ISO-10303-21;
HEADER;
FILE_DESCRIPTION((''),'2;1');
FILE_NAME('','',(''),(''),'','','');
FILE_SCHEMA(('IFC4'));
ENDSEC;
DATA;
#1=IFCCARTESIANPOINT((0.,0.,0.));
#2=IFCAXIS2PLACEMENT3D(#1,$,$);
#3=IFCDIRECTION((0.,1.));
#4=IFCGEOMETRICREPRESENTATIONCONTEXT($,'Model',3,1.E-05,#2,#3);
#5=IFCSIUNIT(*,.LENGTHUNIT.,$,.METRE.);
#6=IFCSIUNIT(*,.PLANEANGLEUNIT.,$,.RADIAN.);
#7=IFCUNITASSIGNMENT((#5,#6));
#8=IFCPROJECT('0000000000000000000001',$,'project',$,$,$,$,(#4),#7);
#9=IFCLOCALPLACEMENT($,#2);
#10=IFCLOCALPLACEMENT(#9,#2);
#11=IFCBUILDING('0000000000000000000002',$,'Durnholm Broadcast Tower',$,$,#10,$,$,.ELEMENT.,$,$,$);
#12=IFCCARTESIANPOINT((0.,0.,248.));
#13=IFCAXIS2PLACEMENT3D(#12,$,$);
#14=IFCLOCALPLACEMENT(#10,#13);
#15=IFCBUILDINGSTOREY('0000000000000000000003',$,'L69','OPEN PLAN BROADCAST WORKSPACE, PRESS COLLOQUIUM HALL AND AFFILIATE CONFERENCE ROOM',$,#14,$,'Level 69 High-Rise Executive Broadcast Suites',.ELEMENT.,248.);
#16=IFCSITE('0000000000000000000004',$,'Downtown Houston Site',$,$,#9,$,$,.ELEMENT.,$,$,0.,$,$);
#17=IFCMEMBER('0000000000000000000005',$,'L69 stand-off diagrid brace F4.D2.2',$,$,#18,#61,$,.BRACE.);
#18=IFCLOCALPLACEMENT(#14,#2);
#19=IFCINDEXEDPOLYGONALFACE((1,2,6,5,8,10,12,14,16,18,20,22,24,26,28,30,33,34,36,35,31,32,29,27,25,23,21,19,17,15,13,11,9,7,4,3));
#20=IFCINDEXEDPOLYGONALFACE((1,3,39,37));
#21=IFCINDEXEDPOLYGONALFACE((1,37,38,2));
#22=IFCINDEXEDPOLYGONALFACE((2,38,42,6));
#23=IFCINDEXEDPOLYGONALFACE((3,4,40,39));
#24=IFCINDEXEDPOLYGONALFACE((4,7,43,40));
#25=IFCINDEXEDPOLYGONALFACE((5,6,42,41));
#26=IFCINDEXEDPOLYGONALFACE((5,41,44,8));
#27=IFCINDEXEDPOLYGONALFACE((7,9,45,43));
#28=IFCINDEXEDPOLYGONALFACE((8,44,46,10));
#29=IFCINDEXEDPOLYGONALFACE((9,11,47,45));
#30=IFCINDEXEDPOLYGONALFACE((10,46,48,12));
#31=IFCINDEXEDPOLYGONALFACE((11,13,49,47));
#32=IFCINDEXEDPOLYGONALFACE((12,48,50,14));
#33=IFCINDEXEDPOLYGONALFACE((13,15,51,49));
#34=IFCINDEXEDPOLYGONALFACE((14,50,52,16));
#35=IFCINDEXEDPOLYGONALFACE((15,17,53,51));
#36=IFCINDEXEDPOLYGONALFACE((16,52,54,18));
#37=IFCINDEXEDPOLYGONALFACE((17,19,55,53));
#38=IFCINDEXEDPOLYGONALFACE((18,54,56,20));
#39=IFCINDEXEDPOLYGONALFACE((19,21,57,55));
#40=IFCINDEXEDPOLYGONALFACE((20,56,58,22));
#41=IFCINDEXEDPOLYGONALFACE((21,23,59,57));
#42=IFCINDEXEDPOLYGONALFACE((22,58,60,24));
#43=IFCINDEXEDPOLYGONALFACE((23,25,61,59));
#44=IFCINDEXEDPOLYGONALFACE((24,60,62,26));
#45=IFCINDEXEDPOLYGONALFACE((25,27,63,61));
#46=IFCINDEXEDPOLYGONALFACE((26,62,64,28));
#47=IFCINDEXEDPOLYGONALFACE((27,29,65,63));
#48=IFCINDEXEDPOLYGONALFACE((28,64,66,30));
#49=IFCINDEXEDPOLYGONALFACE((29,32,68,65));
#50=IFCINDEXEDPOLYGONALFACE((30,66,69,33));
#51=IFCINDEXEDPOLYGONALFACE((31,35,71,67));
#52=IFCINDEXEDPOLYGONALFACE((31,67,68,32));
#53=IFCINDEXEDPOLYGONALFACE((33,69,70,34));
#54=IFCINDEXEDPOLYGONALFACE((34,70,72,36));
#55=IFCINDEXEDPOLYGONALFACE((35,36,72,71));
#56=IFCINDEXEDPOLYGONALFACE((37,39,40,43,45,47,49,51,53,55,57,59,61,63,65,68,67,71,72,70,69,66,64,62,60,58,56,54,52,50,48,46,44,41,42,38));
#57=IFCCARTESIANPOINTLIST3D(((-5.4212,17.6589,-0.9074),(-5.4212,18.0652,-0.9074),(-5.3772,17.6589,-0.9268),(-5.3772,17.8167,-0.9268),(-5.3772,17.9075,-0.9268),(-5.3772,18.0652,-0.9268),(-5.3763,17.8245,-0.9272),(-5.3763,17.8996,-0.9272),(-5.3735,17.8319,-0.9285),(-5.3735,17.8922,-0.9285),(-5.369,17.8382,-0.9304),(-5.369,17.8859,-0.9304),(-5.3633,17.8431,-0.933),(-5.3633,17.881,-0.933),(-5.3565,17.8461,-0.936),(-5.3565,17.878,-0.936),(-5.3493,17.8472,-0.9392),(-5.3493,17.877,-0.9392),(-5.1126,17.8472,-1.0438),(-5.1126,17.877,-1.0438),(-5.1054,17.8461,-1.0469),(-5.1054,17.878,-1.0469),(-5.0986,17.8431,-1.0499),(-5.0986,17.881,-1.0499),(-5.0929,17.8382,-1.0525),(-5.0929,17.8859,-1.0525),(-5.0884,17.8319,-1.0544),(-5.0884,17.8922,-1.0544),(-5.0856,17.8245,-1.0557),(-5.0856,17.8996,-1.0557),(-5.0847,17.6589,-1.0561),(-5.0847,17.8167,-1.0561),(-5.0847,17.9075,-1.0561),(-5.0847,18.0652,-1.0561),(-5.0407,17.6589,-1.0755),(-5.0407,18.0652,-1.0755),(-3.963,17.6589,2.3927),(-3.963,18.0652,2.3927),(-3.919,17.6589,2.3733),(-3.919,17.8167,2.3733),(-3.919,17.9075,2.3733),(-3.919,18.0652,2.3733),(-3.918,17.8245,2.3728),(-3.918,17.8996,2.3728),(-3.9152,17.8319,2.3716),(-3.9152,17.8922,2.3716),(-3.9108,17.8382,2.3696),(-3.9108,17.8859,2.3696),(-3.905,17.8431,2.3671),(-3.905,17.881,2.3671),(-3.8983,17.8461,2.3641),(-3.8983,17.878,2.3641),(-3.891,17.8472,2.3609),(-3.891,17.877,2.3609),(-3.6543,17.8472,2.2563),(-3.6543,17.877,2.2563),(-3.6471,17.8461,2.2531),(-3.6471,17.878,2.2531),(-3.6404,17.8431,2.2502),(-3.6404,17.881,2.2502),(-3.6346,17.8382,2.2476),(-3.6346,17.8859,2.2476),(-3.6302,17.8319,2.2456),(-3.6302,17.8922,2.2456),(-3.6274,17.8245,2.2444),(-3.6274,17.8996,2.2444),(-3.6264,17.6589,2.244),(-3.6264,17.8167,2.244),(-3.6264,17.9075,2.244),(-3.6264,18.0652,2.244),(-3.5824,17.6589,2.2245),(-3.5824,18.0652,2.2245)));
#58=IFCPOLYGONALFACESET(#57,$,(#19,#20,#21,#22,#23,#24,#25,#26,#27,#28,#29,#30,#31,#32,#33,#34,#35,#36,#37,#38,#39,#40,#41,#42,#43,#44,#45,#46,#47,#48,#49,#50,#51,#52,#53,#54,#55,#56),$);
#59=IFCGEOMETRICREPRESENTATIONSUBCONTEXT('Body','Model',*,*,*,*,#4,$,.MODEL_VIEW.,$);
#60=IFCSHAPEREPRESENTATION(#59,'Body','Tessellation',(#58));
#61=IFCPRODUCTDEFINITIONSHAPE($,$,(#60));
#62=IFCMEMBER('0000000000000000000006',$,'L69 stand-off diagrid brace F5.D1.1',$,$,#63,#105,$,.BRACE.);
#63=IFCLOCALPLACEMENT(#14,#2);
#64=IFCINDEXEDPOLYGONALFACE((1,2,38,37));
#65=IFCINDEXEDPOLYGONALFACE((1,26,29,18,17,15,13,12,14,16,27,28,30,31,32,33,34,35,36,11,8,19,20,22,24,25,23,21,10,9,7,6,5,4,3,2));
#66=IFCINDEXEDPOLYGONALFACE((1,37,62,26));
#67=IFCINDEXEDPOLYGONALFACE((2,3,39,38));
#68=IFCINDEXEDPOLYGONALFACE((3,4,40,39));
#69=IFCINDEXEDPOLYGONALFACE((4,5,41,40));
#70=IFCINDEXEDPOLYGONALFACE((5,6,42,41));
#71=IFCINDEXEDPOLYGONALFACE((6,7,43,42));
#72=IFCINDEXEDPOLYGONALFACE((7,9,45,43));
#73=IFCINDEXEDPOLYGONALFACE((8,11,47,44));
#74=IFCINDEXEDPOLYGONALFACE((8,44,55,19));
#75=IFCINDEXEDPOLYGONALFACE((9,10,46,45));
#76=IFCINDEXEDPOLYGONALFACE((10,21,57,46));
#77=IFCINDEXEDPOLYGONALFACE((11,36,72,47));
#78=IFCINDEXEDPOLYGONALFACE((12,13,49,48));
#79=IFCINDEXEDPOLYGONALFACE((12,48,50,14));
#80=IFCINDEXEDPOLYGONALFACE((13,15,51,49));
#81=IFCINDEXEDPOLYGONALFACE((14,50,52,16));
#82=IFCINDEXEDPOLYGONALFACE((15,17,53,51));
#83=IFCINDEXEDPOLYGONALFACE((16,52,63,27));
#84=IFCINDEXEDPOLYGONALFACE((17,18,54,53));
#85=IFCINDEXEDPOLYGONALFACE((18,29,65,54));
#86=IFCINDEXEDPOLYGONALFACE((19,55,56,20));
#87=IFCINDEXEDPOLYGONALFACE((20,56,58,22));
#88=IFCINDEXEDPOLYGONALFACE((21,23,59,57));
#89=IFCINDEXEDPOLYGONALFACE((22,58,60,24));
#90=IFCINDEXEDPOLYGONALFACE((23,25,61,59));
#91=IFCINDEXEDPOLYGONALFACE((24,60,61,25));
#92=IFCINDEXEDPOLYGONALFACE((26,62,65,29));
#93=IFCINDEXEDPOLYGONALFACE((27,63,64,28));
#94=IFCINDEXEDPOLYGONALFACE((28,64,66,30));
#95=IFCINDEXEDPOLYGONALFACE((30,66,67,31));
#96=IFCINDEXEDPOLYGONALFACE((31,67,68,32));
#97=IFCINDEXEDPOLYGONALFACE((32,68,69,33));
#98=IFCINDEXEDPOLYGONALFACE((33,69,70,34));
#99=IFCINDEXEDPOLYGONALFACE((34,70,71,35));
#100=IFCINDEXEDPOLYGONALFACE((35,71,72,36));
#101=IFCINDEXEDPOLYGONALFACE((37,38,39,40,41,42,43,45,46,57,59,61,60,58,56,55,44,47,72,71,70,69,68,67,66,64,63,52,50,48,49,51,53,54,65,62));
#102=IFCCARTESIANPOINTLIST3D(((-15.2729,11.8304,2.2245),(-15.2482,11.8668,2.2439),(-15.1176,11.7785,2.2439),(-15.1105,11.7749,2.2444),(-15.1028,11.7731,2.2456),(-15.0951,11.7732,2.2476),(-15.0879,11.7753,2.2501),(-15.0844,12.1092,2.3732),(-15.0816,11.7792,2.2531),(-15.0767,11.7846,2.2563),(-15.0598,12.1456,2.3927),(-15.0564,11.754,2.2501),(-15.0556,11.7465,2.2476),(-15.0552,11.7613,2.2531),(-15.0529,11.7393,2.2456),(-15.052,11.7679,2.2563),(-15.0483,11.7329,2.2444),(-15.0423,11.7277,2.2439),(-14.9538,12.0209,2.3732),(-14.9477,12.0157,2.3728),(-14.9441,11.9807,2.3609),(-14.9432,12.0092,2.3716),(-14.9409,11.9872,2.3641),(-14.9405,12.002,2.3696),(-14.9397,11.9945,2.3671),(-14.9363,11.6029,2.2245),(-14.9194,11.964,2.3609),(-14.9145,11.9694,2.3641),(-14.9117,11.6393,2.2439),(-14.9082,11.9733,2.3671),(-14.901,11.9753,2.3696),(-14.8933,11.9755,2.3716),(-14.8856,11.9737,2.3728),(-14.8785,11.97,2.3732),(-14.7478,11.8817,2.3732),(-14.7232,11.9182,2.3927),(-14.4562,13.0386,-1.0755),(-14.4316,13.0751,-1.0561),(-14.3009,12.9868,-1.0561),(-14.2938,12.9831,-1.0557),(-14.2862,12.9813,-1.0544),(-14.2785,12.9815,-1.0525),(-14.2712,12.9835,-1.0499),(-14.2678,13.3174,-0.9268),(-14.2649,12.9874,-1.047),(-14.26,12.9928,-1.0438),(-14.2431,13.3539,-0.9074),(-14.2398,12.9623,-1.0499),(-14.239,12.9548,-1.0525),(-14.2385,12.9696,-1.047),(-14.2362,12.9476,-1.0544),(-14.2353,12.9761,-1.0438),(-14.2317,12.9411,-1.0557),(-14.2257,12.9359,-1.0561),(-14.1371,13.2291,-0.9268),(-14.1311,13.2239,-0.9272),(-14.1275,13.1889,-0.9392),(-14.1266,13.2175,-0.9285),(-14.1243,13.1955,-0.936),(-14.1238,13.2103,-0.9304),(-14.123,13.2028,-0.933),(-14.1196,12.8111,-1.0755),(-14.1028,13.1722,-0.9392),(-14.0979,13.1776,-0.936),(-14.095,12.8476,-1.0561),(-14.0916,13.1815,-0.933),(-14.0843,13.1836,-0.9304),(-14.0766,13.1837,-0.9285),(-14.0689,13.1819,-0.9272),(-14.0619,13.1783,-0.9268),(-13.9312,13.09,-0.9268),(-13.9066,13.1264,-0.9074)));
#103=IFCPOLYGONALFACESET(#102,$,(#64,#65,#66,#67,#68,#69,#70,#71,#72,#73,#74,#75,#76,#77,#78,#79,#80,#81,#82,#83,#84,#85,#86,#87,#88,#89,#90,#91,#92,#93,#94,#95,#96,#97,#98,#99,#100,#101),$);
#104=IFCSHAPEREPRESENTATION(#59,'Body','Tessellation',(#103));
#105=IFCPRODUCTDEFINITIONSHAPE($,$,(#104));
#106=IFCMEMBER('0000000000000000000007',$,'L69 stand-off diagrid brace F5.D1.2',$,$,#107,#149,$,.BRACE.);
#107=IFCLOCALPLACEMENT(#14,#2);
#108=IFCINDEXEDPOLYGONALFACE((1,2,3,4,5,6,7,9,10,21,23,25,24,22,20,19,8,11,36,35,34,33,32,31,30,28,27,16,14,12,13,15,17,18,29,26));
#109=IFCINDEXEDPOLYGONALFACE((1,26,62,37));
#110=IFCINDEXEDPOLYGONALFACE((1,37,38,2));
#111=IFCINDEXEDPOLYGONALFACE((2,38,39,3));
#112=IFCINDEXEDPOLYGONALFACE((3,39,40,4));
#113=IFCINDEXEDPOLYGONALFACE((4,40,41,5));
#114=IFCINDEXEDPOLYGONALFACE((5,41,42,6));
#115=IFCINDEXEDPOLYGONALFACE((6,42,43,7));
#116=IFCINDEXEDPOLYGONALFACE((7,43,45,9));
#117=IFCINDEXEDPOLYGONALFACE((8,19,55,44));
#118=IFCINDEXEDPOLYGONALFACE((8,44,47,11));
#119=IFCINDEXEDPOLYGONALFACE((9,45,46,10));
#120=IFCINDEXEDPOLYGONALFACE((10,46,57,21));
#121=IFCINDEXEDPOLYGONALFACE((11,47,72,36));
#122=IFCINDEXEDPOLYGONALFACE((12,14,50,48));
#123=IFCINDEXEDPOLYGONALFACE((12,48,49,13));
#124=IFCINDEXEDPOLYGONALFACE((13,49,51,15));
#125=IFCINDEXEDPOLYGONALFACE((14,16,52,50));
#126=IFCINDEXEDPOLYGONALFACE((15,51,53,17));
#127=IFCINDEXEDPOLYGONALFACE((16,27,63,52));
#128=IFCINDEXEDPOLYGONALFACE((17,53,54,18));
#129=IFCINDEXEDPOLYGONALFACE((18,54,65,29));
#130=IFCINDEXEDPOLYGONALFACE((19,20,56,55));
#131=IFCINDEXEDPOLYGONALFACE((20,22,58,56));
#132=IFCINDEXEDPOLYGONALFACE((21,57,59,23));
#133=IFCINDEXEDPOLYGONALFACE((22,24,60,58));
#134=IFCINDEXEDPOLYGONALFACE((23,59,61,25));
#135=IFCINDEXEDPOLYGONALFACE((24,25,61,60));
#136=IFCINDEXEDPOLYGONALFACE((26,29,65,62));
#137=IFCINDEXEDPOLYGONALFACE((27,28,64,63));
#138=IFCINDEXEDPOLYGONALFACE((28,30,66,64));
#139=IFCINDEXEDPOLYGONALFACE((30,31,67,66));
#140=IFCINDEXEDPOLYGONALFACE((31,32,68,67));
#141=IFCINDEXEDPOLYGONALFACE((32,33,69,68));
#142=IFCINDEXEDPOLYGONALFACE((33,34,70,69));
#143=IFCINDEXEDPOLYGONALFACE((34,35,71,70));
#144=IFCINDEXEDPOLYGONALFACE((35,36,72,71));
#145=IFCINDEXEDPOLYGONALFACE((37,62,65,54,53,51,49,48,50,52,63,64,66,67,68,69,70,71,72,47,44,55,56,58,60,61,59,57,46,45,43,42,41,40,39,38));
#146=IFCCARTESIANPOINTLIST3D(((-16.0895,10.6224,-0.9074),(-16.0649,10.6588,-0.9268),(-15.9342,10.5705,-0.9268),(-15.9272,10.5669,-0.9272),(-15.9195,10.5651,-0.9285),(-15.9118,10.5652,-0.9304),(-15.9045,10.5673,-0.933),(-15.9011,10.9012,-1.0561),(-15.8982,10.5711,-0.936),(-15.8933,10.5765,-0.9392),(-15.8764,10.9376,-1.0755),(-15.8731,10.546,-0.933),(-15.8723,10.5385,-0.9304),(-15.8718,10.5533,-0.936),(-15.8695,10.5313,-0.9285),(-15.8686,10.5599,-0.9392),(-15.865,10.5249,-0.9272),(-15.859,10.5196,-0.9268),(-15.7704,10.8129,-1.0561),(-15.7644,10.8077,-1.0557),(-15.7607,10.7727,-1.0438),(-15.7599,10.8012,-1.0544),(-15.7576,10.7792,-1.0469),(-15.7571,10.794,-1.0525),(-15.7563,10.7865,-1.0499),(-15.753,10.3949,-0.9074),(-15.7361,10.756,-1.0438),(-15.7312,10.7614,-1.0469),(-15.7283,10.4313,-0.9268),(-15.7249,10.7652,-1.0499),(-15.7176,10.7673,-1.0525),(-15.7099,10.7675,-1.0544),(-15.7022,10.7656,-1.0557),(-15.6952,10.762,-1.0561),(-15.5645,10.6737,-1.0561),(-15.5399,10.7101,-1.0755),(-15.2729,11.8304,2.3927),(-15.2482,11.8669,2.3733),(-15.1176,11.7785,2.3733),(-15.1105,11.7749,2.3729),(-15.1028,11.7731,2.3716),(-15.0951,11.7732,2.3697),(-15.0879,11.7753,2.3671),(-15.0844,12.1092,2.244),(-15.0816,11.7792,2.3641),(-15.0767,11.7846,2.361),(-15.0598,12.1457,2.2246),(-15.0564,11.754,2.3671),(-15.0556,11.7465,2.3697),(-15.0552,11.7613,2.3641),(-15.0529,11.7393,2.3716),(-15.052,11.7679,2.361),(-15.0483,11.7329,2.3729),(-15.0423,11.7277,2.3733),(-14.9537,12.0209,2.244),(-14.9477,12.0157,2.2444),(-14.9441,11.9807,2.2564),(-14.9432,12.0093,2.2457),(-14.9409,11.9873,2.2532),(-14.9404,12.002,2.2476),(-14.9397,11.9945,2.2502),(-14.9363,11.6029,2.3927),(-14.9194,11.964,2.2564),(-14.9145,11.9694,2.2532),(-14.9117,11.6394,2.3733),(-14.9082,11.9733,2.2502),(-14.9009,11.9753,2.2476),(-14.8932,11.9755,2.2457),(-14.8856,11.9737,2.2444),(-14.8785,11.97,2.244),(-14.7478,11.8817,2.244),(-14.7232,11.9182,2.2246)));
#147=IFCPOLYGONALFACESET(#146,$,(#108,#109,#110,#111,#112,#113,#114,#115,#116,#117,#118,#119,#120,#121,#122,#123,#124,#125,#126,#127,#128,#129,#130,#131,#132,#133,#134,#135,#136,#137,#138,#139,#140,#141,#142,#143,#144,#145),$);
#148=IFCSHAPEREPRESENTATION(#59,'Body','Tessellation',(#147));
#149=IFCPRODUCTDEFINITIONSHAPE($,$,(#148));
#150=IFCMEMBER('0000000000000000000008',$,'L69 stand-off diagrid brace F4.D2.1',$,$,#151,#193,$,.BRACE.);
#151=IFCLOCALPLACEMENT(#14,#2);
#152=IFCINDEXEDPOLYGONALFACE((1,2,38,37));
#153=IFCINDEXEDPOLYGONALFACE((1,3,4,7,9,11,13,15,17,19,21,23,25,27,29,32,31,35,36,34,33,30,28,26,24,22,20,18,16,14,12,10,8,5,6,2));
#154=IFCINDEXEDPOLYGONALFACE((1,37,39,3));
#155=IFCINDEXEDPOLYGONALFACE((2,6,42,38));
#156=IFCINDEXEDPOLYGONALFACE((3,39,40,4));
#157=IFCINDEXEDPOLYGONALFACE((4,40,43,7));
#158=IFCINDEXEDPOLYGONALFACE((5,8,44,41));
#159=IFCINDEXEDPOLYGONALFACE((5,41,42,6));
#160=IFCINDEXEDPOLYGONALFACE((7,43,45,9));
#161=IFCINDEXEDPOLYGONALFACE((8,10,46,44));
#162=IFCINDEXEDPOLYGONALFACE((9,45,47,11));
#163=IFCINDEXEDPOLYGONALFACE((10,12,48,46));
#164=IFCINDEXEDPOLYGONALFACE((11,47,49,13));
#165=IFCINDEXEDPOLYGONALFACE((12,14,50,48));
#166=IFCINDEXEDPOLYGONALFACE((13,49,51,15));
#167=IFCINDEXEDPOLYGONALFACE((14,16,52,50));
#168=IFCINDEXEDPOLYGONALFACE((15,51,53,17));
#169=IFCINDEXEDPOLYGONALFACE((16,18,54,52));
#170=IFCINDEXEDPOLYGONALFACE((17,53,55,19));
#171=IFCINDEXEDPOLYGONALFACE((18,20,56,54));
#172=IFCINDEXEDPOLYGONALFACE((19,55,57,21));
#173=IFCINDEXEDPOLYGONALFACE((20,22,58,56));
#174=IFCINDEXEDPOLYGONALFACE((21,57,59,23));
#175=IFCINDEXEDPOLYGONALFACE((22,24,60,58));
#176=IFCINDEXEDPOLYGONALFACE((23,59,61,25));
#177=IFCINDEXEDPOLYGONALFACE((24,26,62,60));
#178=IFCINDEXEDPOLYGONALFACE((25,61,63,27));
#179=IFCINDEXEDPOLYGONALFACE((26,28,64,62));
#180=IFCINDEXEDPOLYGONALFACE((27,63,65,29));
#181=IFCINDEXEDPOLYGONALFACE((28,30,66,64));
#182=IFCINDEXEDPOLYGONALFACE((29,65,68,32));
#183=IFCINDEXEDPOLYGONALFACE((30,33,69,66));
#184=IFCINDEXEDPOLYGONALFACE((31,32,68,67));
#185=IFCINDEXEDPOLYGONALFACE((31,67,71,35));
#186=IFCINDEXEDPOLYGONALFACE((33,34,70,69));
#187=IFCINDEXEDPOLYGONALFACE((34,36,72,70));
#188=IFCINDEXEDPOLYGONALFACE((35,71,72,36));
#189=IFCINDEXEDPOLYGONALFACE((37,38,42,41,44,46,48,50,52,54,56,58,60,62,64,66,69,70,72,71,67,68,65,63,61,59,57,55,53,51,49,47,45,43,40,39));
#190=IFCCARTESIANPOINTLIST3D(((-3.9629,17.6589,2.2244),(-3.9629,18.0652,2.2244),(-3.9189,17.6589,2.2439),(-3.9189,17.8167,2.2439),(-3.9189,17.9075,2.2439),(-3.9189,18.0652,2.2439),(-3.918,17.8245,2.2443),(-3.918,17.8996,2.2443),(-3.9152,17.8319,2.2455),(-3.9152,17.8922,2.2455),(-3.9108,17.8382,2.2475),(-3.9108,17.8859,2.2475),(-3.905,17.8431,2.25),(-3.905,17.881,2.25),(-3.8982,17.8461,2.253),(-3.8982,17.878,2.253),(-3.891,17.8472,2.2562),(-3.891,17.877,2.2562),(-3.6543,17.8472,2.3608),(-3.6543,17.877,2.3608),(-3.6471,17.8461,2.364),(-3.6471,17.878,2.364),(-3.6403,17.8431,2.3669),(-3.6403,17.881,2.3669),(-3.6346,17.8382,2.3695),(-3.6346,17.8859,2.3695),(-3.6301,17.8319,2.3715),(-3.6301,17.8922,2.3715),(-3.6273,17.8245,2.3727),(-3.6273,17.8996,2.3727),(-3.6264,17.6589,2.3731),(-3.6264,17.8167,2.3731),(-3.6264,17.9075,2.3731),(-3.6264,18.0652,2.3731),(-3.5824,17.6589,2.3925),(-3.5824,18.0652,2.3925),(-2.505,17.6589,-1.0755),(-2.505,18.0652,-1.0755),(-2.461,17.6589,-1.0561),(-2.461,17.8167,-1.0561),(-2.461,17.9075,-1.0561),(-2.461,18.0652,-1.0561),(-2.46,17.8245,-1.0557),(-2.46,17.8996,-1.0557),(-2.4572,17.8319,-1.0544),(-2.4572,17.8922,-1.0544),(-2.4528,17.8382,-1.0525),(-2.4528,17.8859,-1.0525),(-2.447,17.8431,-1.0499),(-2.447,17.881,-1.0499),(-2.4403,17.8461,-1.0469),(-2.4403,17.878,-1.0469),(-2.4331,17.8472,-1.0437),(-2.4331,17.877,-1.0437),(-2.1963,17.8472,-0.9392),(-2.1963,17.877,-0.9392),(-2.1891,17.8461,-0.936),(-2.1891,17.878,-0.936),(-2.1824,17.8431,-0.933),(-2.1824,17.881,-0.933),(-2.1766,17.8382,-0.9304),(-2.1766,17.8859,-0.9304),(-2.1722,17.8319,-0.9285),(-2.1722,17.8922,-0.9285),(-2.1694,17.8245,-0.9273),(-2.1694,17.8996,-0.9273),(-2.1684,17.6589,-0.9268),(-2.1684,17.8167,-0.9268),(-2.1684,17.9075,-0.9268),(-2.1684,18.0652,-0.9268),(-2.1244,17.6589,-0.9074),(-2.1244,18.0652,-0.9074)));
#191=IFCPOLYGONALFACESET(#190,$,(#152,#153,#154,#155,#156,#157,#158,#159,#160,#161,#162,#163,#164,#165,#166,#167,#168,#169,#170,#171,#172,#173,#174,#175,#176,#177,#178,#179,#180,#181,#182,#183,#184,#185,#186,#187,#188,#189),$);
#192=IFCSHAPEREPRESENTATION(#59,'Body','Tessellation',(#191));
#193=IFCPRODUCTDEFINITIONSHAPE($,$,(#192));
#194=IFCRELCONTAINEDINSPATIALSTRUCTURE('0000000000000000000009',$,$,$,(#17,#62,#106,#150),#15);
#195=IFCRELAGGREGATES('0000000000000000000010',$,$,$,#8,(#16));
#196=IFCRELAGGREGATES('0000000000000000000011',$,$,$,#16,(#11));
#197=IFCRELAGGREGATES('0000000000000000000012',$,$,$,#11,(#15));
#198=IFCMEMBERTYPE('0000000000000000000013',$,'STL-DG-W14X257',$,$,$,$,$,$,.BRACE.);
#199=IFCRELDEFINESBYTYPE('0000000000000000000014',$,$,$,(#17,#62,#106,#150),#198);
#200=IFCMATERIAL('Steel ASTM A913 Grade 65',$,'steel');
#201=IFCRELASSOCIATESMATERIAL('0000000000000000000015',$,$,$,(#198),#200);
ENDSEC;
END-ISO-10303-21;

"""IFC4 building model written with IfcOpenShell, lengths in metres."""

from ifc_helpers import new_model, si_unit, direction, frame, origin, origin_2d, place, context, subcontext, project, spatial, i_section, extrude, source, transform, mapped, material, material_profile, profile_set, type_object, type_shapes, element, save


model = new_model("IFC4")

# Units and contexts
model_context = context("Model", 3, precision=1e-05, world=origin(), true_north=direction((0.0, 1.0)))
body_context = subcontext(model_context, "Body", "Model", "MODEL_VIEW")
ifc_project = project(units=[si_unit("LENGTHUNIT", "METRE"), si_unit("PLANEANGLEUNIT", "RADIAN")], contexts=[model_context])

# Site, building, storey
site_placement = place(None, origin())
site = spatial("IfcSite", under=ifc_project, at=site_placement, Name="Downtown Houston Site", CompositionType="ELEMENT", RefElevation=0.0)
building_placement = place(site_placement, origin())
building = spatial("IfcBuilding", under=site, at=building_placement, Name="Durnholm Broadcast Tower", CompositionType="ELEMENT")
storey_placement = place(building_placement, frame((0.0, 0.0, 248.0)))
storey = spatial("IfcBuildingStorey", under=building, at=storey_placement, Name="L69", Description="OPEN PLAN BROADCAST WORKSPACE, PRESS COLLOQUIUM HALL AND AFFILIATE CONFERENCE ROOM", LongName="Level 69 High-Rise Executive Broadcast Suites", CompositionType="ELEMENT", Elevation=248.0)

# Members
ifc_material_1 = material(Name="Steel ASTM A913 Grade 65", Category="steel")
ifc_material_profile_1 = material_profile(ifc_material_1, i_section(OverallWidth=0.4062, OverallDepth=0.416, WebThickness=0.0298, FlangeThickness=0.0481, FilletRadius=0.0305, at=origin_2d()), Name="W14X257")
ifc_profile_set_1 = profile_set([ifc_material_profile_1], Name="Steel ASTM A913 Grade 65")
member_type_1 = type_object("IfcMemberType", Name="STL-DG-W14X257", PredefinedType="BRACE", material=ifc_profile_set_1)
shared_shape_1 = source(origin(), body_context, "Body", "SweptSolid", [
    extrude(i_section(OverallWidth=0.4062, OverallDepth=0.416, WebThickness=0.0298, FlangeThickness=0.0481, FilletRadius=0.0305, at=origin_2d()), origin(), (0.0, 0.0, 1.0), 3.6079),
])
for number, where, z_axis, x_axis, name in (
    (1, (-5.231, 17.8621, -0.9915), (0.404185, 0.0, 0.914677), (0.0, 1.0, 0.0), "L69 stand-off diagrid brace F4.D2.2"),
    (2, (-14.1814, 13.0825, -0.9915), (-0.226349, -0.334888, 0.914667), (0.828505, -0.559982, 0.0), "L69 stand-off diagrid brace F5.D1.1"),
    (3, (-15.8147, 10.6663, -0.9915), (0.226354, 0.334828, 0.914688), (-0.828452, 0.560059, 0.0), "L69 stand-off diagrid brace F5.D1.2"),
):
    element("IfcMember", number, at=place(storey_placement, frame(where, z_axis=z_axis, x_axis=x_axis)), inside=storey, type_object=member_type_1, Name=name, PredefinedType="BRACE", context=body_context, shape_type="MappedRepresentation", body=[
        mapped(shared_shape_1, transform((0.0, 0.0, 0.0), x_axis=(1.0, 0.0, 0.0), y_axis=(0.0, 1.0, 0.0), z_axis=(0.0, 0.0, 1.0), scale=1.0)),
    ])
shared_shape_2 = source(origin(), body_context, "Body", "SweptSolid", [
    extrude(i_section(OverallWidth=0.4062, OverallDepth=0.416, WebThickness=0.0298, FlangeThickness=0.0481, FilletRadius=0.0305, at=origin_2d()), origin(), (0.0, 0.0, 1.0), 3.6077),
])
type_shapes(member_type_1, [shared_shape_1, shared_shape_2])
member_1_placement = place(storey_placement, frame((-2.3147, 17.8621, -0.9915), z_axis=(-0.404128, 0.0, 0.914702), x_axis=(0.0, -1.0, 0.0)))
element("IfcMember", 4, at=member_1_placement, inside=storey, type_object=member_type_1, Name="L69 stand-off diagrid brace F4.D2.1", PredefinedType="BRACE", context=body_context, shape_type="MappedRepresentation", body=[
    mapped(shared_shape_2, transform((0.0, 0.0, 0.0), x_axis=(1.0, 0.0, 0.0), y_axis=(0.0, 1.0, 0.0), z_axis=(0.0, 0.0, 1.0), scale=1.0)),
])

save(model, "model.ifc")
